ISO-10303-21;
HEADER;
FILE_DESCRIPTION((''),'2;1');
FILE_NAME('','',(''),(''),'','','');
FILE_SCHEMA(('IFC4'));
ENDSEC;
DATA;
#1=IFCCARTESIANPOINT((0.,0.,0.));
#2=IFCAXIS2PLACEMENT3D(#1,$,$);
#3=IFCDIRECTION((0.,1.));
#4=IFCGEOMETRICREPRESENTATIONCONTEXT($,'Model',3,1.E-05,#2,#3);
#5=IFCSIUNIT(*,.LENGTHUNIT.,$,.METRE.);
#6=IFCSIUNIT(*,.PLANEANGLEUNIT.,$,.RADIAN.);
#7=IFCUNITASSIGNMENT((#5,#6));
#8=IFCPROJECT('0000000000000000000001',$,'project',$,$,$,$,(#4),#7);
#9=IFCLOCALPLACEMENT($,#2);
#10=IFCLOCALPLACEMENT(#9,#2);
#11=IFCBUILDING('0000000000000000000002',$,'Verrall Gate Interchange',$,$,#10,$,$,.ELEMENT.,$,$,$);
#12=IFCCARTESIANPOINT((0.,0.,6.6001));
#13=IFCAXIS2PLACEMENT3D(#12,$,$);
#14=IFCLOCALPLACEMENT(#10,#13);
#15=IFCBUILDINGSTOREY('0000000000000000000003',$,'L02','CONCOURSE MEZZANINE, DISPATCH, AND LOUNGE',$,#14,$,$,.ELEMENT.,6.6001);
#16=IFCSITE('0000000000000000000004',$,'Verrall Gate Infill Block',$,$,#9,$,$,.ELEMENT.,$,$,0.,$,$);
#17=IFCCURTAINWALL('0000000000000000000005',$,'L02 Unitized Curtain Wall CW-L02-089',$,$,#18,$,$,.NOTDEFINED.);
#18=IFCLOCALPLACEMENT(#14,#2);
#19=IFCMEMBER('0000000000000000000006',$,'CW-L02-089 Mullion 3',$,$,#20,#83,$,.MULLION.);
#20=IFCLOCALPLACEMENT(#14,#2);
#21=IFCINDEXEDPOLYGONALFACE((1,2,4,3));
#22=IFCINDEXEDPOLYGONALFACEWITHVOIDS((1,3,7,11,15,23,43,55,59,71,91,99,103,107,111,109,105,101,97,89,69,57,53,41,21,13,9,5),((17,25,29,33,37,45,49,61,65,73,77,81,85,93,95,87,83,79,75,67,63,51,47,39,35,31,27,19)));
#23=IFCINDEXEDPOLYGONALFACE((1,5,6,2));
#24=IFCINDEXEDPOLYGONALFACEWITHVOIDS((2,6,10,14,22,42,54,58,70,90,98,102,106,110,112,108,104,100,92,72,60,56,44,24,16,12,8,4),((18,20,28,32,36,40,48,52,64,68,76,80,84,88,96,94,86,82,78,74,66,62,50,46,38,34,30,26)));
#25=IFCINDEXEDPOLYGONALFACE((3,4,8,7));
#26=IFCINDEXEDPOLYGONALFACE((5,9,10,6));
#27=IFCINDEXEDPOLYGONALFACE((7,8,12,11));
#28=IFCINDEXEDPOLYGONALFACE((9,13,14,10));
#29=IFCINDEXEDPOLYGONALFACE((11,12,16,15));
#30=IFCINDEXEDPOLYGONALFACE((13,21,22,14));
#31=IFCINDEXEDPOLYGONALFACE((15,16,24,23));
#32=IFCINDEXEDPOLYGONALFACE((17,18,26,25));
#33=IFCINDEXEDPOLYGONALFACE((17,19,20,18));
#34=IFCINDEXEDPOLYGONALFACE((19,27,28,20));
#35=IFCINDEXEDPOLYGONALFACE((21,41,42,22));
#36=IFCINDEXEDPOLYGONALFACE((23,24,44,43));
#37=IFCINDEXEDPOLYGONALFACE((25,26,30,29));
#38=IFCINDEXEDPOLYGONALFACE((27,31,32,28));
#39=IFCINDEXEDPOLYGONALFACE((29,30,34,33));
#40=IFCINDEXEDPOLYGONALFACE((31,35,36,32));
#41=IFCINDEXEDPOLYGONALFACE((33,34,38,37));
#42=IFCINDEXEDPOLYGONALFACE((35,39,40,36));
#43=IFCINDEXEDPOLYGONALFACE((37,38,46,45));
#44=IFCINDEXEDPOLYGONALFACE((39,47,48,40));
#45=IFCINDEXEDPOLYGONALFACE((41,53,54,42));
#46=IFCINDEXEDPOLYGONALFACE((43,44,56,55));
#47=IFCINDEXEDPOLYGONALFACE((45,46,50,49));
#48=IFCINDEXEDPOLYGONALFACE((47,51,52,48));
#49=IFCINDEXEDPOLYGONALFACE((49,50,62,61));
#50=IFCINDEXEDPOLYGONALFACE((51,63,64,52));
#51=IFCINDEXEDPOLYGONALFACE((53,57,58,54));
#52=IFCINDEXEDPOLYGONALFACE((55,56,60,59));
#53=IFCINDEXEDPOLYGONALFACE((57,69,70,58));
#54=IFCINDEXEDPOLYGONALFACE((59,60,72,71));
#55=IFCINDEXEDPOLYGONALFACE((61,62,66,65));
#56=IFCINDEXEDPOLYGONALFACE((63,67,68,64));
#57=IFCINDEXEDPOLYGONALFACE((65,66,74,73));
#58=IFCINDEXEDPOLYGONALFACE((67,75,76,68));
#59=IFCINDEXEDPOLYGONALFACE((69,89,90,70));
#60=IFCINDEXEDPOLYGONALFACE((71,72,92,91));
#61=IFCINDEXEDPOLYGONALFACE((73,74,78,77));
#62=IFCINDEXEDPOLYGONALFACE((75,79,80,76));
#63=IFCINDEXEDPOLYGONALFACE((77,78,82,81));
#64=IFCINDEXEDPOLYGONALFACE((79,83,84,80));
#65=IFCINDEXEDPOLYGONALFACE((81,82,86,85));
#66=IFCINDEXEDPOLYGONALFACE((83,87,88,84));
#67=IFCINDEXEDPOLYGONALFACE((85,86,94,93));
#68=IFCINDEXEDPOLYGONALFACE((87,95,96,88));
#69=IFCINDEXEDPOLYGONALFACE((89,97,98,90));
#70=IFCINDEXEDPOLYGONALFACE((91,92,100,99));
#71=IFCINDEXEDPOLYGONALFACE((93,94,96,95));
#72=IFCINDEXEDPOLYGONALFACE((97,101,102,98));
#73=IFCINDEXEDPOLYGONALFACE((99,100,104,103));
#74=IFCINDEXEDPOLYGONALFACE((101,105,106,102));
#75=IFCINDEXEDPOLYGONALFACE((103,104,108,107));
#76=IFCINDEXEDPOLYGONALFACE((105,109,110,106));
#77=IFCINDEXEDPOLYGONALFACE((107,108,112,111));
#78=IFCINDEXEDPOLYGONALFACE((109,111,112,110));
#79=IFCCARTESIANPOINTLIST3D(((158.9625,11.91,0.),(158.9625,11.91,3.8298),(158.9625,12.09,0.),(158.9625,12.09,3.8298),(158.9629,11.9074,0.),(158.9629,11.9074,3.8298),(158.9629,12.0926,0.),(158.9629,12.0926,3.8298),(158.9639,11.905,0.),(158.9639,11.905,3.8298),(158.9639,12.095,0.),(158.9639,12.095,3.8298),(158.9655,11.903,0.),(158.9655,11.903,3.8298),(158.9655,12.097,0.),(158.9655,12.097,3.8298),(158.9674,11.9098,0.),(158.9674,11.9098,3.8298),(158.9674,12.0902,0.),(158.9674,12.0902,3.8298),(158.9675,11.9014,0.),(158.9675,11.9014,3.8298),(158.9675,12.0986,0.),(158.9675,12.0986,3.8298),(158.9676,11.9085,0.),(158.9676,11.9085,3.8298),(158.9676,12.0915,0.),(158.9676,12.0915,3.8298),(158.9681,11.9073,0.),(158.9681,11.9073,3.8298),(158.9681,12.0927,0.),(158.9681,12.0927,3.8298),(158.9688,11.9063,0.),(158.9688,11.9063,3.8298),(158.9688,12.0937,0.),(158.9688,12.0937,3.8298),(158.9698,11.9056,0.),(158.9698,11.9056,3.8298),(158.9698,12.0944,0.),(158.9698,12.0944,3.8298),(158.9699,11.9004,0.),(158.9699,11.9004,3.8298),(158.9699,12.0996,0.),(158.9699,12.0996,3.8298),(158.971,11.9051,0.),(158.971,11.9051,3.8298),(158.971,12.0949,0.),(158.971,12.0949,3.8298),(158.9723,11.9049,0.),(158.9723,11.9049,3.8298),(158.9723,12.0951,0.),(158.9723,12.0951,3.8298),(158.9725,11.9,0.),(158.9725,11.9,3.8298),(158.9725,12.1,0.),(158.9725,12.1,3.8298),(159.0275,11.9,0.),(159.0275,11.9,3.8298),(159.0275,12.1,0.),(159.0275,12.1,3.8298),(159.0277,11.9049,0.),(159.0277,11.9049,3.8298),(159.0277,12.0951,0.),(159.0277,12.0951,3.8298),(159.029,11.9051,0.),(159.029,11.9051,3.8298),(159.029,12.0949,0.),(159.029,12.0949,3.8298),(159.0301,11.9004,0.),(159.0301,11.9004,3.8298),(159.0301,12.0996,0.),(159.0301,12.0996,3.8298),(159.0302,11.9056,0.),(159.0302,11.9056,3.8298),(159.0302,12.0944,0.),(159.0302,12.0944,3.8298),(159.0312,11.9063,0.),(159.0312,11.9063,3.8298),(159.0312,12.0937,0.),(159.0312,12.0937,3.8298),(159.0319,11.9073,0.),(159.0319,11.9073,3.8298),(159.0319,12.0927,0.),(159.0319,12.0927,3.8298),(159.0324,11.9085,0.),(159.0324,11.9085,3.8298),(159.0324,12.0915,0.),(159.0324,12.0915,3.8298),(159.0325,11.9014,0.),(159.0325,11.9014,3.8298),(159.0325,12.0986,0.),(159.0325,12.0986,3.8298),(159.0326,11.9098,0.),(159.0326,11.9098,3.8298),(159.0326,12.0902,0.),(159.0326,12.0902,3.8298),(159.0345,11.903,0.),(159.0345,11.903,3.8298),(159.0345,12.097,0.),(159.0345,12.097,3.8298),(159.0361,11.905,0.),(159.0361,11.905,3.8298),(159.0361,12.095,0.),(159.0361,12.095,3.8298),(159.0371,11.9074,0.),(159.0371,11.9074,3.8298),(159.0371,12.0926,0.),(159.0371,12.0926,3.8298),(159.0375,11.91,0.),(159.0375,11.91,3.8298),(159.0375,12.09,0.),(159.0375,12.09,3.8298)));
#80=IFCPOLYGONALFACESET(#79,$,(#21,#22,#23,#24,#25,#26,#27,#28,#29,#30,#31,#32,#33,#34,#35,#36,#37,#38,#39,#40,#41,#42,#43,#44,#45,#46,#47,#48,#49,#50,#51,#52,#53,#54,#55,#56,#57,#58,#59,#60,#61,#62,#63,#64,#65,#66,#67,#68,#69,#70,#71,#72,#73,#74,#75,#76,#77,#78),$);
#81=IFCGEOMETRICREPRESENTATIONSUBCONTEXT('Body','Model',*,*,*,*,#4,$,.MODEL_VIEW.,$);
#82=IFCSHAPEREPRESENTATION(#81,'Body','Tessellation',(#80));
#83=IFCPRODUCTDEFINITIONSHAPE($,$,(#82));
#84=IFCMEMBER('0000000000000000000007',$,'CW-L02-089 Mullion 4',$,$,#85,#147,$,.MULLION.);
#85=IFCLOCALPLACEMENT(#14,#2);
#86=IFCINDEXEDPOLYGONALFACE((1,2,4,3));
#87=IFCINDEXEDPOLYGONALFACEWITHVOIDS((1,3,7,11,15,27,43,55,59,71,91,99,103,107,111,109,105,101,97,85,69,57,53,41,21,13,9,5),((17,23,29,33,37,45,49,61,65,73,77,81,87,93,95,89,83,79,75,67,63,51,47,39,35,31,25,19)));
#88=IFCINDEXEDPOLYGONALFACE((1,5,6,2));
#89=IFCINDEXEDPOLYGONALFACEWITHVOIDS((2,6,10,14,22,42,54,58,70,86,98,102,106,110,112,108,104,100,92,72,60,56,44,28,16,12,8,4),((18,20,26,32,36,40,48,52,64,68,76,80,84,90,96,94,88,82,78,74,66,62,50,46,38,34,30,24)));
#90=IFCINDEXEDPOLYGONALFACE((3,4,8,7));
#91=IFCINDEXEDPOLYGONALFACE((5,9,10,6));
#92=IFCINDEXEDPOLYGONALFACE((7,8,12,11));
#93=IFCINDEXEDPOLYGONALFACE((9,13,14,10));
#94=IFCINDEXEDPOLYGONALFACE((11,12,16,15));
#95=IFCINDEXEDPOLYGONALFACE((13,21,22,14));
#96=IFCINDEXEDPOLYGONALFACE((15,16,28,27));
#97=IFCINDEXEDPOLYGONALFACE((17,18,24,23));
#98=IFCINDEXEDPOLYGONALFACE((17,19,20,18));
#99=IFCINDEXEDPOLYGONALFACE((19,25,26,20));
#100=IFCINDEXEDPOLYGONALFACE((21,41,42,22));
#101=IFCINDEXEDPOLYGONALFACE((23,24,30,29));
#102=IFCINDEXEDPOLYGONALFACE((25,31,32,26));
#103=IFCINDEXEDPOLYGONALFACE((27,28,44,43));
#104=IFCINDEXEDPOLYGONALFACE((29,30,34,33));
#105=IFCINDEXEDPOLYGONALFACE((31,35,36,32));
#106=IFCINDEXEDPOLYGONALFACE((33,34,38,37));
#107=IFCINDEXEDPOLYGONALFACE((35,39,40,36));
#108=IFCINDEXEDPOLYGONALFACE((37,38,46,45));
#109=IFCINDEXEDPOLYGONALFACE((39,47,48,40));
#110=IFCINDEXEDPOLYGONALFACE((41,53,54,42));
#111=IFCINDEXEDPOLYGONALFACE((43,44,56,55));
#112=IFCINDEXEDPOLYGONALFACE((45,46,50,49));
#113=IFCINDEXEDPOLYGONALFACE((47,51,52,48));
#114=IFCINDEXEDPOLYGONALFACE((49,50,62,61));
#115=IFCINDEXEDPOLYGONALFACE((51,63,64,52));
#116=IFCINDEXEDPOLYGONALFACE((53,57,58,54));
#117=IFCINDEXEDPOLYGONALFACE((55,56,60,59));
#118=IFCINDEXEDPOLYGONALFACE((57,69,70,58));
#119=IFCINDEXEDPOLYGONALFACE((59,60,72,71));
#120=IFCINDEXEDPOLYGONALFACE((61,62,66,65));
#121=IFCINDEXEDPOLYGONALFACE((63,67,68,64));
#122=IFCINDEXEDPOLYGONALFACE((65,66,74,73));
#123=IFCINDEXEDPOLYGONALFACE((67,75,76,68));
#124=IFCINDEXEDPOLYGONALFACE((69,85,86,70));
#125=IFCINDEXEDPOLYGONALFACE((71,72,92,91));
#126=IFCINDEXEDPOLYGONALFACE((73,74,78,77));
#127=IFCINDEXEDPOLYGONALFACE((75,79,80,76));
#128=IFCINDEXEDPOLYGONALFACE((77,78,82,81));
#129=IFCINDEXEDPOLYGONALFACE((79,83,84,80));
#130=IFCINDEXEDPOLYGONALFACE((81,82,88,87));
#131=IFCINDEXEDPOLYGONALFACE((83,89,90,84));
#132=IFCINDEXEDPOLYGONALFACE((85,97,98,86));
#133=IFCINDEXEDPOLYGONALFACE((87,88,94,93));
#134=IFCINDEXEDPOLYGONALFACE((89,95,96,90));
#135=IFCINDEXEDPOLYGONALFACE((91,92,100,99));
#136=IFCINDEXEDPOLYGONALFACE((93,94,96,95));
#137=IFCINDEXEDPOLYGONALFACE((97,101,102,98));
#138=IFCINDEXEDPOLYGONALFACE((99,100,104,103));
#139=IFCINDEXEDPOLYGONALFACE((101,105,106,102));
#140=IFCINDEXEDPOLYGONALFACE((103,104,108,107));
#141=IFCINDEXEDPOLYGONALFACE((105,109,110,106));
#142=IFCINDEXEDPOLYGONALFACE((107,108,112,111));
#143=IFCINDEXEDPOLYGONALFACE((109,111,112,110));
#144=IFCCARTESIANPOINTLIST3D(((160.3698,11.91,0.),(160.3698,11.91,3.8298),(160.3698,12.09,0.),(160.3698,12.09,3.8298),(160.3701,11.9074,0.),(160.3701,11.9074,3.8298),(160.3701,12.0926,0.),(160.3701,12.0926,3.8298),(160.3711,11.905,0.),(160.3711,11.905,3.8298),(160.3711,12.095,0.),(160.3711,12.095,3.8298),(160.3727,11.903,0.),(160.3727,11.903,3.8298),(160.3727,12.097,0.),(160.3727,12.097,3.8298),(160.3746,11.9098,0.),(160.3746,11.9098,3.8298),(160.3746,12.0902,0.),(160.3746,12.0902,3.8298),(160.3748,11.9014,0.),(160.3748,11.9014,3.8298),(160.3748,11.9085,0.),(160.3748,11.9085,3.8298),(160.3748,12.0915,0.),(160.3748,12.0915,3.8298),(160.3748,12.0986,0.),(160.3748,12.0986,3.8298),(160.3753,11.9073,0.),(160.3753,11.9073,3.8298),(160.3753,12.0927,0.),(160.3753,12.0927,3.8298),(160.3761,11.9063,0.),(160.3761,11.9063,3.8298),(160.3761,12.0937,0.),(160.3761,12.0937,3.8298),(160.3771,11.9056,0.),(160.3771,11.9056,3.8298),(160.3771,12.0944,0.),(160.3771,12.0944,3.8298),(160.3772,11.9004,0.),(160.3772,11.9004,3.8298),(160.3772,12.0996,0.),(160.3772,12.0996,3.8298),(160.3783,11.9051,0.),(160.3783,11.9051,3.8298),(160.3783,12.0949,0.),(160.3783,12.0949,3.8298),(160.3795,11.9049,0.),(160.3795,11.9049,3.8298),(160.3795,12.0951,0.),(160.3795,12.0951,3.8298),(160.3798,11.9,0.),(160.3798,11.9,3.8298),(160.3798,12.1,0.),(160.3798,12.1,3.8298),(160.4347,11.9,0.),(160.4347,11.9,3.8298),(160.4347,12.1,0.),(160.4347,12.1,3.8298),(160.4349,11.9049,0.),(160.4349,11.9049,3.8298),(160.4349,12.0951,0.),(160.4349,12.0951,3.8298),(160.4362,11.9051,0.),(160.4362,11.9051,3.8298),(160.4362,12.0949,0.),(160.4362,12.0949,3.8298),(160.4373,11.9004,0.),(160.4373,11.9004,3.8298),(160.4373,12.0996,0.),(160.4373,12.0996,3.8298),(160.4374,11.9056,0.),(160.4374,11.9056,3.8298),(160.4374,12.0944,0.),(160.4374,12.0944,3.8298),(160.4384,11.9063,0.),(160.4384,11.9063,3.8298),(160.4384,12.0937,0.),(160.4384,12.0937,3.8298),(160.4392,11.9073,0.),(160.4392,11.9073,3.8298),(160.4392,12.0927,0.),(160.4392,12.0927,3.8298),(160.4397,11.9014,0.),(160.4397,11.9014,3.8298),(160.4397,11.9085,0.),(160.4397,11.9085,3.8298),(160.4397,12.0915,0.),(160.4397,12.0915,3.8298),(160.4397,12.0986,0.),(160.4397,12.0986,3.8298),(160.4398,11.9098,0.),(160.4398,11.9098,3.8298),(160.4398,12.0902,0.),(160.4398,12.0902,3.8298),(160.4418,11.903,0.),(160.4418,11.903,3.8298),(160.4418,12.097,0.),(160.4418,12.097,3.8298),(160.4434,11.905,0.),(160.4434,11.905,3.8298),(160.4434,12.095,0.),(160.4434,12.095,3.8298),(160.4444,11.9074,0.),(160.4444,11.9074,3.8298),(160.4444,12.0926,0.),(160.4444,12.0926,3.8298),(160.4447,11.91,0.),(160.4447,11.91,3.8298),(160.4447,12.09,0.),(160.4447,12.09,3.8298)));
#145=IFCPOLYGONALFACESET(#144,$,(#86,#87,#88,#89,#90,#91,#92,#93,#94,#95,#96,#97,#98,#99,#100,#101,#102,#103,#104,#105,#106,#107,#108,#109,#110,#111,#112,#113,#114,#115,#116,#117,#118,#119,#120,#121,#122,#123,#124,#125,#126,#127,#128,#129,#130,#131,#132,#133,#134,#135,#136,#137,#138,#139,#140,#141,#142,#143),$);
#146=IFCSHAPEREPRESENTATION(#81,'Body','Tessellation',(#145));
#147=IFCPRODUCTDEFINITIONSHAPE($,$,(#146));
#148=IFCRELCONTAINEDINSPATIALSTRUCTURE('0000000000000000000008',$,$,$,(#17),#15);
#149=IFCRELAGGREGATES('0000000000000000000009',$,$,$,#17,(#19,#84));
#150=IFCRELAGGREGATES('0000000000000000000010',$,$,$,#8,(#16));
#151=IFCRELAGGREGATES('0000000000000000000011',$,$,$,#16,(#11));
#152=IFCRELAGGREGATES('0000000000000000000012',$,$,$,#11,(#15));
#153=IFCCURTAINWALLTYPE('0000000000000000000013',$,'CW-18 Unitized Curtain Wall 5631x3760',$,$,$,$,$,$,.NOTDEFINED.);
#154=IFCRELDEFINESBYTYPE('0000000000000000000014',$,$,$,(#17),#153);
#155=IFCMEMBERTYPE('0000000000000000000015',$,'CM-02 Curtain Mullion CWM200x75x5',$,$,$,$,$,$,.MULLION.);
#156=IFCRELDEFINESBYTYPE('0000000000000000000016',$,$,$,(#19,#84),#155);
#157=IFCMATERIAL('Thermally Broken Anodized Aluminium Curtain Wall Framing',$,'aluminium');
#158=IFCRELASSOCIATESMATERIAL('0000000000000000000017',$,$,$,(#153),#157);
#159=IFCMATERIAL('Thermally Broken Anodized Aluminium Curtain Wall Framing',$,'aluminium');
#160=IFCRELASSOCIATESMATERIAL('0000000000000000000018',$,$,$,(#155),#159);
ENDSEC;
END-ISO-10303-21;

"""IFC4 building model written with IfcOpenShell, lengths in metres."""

from ifc_helpers import new_model, si_unit, direction, frame, origin, origin_2d, place, context, subcontext, project, spatial, hollow_rectangle, extrude, material, material_profile, profile_set, type_object, element, aggregate, save


model = new_model("IFC4")

# Units and contexts
model_context = context("Model", 3, precision=1e-05, world=origin(), true_north=direction((0.0, 1.0)))
body_context = subcontext(model_context, "Body", "Model", "MODEL_VIEW")
ifc_project = project(units=[si_unit("LENGTHUNIT", "METRE"), si_unit("PLANEANGLEUNIT", "RADIAN")], contexts=[model_context])

# Site, building, storey
site_placement = place(None, origin())
site = spatial("IfcSite", under=ifc_project, at=site_placement, Name="Verrall Gate Infill Block", CompositionType="ELEMENT", RefElevation=0.0)
building_placement = place(site_placement, origin())
building = spatial("IfcBuilding", under=site, at=building_placement, Name="Verrall Gate Interchange", CompositionType="ELEMENT")
storey_placement = place(building_placement, frame((0.0, 0.0, 6.6001)))
storey = spatial("IfcBuildingStorey", under=building, at=storey_placement, Name="L02", Description="CONCOURSE MEZZANINE, DISPATCH, AND LOUNGE", CompositionType="ELEMENT", Elevation=6.6001)

# Curtain wall, members
ifc_material_1 = material(Name="Thermally Broken Anodized Aluminium Curtain Wall Framing", Category="aluminium")
curtain_wall_type_1 = type_object("IfcCurtainWallType", Name="CW-18 Unitized Curtain Wall 5631x3760", PredefinedType="NOTDEFINED", material=ifc_material_1)
curtain_wall_1_placement = place(storey_placement, origin())
curtain_wall_1 = element("IfcCurtainWall", 1, at=curtain_wall_1_placement, inside=storey, type_object=curtain_wall_type_1, Name="L02 Unitized Curtain Wall CW-L02-089", PredefinedType="NOTDEFINED")
ifc_material_2 = material(Name="Thermally Broken Anodized Aluminium Curtain Wall Framing", Category="aluminium")
ifc_material_profile_1 = material_profile(ifc_material_2, hollow_rectangle(XDim=0.075, YDim=0.2, WallThickness=0.0049, InnerFilletRadius=0.0049, OuterFilletRadius=0.01, at=origin_2d()), Name="CWM200x75x5")
ifc_profile_set_1 = profile_set([ifc_material_profile_1], Name="Thermally Broken Anodized Aluminium Curtain Wall Framing")
member_type_1 = type_object("IfcMemberType", Name="CM-02 Curtain Mullion CWM200x75x5", PredefinedType="MULLION", material=ifc_profile_set_1)
member_1_placement = place(storey_placement, frame((159.0, 12.0, 0.0), z_axis=(0.0, 0.0, 1.0), x_axis=(1.0, 0.0, 0.0)))
member_1 = element("IfcMember", 2, at=member_1_placement, type_object=member_type_1, Name="CW-L02-089 Mullion 3", PredefinedType="MULLION", context=body_context, shape_type="SweptSolid", body=[
    extrude(hollow_rectangle(XDim=0.075, YDim=0.2, WallThickness=0.0049, InnerFilletRadius=0.0049, OuterFilletRadius=0.01, at=origin_2d()), origin(), (0.0, 0.0, 1.0), 3.8298),
])
member_2_placement = place(storey_placement, frame((160.4072, 12.0, 0.0), z_axis=(0.0, 0.0, 1.0), x_axis=(1.0, 0.0, 0.0)))
member_2 = element("IfcMember", 3, at=member_2_placement, type_object=member_type_1, Name="CW-L02-089 Mullion 4", PredefinedType="MULLION", context=body_context, shape_type="SweptSolid", body=[
    extrude(hollow_rectangle(XDim=0.075, YDim=0.2, WallThickness=0.0049, InnerFilletRadius=0.0049, OuterFilletRadius=0.01, at=origin_2d()), origin(), (0.0, 0.0, 1.0), 3.8298),
])

aggregate(curtain_wall_1, [member_1, member_2])

save(model, "model.ifc")
